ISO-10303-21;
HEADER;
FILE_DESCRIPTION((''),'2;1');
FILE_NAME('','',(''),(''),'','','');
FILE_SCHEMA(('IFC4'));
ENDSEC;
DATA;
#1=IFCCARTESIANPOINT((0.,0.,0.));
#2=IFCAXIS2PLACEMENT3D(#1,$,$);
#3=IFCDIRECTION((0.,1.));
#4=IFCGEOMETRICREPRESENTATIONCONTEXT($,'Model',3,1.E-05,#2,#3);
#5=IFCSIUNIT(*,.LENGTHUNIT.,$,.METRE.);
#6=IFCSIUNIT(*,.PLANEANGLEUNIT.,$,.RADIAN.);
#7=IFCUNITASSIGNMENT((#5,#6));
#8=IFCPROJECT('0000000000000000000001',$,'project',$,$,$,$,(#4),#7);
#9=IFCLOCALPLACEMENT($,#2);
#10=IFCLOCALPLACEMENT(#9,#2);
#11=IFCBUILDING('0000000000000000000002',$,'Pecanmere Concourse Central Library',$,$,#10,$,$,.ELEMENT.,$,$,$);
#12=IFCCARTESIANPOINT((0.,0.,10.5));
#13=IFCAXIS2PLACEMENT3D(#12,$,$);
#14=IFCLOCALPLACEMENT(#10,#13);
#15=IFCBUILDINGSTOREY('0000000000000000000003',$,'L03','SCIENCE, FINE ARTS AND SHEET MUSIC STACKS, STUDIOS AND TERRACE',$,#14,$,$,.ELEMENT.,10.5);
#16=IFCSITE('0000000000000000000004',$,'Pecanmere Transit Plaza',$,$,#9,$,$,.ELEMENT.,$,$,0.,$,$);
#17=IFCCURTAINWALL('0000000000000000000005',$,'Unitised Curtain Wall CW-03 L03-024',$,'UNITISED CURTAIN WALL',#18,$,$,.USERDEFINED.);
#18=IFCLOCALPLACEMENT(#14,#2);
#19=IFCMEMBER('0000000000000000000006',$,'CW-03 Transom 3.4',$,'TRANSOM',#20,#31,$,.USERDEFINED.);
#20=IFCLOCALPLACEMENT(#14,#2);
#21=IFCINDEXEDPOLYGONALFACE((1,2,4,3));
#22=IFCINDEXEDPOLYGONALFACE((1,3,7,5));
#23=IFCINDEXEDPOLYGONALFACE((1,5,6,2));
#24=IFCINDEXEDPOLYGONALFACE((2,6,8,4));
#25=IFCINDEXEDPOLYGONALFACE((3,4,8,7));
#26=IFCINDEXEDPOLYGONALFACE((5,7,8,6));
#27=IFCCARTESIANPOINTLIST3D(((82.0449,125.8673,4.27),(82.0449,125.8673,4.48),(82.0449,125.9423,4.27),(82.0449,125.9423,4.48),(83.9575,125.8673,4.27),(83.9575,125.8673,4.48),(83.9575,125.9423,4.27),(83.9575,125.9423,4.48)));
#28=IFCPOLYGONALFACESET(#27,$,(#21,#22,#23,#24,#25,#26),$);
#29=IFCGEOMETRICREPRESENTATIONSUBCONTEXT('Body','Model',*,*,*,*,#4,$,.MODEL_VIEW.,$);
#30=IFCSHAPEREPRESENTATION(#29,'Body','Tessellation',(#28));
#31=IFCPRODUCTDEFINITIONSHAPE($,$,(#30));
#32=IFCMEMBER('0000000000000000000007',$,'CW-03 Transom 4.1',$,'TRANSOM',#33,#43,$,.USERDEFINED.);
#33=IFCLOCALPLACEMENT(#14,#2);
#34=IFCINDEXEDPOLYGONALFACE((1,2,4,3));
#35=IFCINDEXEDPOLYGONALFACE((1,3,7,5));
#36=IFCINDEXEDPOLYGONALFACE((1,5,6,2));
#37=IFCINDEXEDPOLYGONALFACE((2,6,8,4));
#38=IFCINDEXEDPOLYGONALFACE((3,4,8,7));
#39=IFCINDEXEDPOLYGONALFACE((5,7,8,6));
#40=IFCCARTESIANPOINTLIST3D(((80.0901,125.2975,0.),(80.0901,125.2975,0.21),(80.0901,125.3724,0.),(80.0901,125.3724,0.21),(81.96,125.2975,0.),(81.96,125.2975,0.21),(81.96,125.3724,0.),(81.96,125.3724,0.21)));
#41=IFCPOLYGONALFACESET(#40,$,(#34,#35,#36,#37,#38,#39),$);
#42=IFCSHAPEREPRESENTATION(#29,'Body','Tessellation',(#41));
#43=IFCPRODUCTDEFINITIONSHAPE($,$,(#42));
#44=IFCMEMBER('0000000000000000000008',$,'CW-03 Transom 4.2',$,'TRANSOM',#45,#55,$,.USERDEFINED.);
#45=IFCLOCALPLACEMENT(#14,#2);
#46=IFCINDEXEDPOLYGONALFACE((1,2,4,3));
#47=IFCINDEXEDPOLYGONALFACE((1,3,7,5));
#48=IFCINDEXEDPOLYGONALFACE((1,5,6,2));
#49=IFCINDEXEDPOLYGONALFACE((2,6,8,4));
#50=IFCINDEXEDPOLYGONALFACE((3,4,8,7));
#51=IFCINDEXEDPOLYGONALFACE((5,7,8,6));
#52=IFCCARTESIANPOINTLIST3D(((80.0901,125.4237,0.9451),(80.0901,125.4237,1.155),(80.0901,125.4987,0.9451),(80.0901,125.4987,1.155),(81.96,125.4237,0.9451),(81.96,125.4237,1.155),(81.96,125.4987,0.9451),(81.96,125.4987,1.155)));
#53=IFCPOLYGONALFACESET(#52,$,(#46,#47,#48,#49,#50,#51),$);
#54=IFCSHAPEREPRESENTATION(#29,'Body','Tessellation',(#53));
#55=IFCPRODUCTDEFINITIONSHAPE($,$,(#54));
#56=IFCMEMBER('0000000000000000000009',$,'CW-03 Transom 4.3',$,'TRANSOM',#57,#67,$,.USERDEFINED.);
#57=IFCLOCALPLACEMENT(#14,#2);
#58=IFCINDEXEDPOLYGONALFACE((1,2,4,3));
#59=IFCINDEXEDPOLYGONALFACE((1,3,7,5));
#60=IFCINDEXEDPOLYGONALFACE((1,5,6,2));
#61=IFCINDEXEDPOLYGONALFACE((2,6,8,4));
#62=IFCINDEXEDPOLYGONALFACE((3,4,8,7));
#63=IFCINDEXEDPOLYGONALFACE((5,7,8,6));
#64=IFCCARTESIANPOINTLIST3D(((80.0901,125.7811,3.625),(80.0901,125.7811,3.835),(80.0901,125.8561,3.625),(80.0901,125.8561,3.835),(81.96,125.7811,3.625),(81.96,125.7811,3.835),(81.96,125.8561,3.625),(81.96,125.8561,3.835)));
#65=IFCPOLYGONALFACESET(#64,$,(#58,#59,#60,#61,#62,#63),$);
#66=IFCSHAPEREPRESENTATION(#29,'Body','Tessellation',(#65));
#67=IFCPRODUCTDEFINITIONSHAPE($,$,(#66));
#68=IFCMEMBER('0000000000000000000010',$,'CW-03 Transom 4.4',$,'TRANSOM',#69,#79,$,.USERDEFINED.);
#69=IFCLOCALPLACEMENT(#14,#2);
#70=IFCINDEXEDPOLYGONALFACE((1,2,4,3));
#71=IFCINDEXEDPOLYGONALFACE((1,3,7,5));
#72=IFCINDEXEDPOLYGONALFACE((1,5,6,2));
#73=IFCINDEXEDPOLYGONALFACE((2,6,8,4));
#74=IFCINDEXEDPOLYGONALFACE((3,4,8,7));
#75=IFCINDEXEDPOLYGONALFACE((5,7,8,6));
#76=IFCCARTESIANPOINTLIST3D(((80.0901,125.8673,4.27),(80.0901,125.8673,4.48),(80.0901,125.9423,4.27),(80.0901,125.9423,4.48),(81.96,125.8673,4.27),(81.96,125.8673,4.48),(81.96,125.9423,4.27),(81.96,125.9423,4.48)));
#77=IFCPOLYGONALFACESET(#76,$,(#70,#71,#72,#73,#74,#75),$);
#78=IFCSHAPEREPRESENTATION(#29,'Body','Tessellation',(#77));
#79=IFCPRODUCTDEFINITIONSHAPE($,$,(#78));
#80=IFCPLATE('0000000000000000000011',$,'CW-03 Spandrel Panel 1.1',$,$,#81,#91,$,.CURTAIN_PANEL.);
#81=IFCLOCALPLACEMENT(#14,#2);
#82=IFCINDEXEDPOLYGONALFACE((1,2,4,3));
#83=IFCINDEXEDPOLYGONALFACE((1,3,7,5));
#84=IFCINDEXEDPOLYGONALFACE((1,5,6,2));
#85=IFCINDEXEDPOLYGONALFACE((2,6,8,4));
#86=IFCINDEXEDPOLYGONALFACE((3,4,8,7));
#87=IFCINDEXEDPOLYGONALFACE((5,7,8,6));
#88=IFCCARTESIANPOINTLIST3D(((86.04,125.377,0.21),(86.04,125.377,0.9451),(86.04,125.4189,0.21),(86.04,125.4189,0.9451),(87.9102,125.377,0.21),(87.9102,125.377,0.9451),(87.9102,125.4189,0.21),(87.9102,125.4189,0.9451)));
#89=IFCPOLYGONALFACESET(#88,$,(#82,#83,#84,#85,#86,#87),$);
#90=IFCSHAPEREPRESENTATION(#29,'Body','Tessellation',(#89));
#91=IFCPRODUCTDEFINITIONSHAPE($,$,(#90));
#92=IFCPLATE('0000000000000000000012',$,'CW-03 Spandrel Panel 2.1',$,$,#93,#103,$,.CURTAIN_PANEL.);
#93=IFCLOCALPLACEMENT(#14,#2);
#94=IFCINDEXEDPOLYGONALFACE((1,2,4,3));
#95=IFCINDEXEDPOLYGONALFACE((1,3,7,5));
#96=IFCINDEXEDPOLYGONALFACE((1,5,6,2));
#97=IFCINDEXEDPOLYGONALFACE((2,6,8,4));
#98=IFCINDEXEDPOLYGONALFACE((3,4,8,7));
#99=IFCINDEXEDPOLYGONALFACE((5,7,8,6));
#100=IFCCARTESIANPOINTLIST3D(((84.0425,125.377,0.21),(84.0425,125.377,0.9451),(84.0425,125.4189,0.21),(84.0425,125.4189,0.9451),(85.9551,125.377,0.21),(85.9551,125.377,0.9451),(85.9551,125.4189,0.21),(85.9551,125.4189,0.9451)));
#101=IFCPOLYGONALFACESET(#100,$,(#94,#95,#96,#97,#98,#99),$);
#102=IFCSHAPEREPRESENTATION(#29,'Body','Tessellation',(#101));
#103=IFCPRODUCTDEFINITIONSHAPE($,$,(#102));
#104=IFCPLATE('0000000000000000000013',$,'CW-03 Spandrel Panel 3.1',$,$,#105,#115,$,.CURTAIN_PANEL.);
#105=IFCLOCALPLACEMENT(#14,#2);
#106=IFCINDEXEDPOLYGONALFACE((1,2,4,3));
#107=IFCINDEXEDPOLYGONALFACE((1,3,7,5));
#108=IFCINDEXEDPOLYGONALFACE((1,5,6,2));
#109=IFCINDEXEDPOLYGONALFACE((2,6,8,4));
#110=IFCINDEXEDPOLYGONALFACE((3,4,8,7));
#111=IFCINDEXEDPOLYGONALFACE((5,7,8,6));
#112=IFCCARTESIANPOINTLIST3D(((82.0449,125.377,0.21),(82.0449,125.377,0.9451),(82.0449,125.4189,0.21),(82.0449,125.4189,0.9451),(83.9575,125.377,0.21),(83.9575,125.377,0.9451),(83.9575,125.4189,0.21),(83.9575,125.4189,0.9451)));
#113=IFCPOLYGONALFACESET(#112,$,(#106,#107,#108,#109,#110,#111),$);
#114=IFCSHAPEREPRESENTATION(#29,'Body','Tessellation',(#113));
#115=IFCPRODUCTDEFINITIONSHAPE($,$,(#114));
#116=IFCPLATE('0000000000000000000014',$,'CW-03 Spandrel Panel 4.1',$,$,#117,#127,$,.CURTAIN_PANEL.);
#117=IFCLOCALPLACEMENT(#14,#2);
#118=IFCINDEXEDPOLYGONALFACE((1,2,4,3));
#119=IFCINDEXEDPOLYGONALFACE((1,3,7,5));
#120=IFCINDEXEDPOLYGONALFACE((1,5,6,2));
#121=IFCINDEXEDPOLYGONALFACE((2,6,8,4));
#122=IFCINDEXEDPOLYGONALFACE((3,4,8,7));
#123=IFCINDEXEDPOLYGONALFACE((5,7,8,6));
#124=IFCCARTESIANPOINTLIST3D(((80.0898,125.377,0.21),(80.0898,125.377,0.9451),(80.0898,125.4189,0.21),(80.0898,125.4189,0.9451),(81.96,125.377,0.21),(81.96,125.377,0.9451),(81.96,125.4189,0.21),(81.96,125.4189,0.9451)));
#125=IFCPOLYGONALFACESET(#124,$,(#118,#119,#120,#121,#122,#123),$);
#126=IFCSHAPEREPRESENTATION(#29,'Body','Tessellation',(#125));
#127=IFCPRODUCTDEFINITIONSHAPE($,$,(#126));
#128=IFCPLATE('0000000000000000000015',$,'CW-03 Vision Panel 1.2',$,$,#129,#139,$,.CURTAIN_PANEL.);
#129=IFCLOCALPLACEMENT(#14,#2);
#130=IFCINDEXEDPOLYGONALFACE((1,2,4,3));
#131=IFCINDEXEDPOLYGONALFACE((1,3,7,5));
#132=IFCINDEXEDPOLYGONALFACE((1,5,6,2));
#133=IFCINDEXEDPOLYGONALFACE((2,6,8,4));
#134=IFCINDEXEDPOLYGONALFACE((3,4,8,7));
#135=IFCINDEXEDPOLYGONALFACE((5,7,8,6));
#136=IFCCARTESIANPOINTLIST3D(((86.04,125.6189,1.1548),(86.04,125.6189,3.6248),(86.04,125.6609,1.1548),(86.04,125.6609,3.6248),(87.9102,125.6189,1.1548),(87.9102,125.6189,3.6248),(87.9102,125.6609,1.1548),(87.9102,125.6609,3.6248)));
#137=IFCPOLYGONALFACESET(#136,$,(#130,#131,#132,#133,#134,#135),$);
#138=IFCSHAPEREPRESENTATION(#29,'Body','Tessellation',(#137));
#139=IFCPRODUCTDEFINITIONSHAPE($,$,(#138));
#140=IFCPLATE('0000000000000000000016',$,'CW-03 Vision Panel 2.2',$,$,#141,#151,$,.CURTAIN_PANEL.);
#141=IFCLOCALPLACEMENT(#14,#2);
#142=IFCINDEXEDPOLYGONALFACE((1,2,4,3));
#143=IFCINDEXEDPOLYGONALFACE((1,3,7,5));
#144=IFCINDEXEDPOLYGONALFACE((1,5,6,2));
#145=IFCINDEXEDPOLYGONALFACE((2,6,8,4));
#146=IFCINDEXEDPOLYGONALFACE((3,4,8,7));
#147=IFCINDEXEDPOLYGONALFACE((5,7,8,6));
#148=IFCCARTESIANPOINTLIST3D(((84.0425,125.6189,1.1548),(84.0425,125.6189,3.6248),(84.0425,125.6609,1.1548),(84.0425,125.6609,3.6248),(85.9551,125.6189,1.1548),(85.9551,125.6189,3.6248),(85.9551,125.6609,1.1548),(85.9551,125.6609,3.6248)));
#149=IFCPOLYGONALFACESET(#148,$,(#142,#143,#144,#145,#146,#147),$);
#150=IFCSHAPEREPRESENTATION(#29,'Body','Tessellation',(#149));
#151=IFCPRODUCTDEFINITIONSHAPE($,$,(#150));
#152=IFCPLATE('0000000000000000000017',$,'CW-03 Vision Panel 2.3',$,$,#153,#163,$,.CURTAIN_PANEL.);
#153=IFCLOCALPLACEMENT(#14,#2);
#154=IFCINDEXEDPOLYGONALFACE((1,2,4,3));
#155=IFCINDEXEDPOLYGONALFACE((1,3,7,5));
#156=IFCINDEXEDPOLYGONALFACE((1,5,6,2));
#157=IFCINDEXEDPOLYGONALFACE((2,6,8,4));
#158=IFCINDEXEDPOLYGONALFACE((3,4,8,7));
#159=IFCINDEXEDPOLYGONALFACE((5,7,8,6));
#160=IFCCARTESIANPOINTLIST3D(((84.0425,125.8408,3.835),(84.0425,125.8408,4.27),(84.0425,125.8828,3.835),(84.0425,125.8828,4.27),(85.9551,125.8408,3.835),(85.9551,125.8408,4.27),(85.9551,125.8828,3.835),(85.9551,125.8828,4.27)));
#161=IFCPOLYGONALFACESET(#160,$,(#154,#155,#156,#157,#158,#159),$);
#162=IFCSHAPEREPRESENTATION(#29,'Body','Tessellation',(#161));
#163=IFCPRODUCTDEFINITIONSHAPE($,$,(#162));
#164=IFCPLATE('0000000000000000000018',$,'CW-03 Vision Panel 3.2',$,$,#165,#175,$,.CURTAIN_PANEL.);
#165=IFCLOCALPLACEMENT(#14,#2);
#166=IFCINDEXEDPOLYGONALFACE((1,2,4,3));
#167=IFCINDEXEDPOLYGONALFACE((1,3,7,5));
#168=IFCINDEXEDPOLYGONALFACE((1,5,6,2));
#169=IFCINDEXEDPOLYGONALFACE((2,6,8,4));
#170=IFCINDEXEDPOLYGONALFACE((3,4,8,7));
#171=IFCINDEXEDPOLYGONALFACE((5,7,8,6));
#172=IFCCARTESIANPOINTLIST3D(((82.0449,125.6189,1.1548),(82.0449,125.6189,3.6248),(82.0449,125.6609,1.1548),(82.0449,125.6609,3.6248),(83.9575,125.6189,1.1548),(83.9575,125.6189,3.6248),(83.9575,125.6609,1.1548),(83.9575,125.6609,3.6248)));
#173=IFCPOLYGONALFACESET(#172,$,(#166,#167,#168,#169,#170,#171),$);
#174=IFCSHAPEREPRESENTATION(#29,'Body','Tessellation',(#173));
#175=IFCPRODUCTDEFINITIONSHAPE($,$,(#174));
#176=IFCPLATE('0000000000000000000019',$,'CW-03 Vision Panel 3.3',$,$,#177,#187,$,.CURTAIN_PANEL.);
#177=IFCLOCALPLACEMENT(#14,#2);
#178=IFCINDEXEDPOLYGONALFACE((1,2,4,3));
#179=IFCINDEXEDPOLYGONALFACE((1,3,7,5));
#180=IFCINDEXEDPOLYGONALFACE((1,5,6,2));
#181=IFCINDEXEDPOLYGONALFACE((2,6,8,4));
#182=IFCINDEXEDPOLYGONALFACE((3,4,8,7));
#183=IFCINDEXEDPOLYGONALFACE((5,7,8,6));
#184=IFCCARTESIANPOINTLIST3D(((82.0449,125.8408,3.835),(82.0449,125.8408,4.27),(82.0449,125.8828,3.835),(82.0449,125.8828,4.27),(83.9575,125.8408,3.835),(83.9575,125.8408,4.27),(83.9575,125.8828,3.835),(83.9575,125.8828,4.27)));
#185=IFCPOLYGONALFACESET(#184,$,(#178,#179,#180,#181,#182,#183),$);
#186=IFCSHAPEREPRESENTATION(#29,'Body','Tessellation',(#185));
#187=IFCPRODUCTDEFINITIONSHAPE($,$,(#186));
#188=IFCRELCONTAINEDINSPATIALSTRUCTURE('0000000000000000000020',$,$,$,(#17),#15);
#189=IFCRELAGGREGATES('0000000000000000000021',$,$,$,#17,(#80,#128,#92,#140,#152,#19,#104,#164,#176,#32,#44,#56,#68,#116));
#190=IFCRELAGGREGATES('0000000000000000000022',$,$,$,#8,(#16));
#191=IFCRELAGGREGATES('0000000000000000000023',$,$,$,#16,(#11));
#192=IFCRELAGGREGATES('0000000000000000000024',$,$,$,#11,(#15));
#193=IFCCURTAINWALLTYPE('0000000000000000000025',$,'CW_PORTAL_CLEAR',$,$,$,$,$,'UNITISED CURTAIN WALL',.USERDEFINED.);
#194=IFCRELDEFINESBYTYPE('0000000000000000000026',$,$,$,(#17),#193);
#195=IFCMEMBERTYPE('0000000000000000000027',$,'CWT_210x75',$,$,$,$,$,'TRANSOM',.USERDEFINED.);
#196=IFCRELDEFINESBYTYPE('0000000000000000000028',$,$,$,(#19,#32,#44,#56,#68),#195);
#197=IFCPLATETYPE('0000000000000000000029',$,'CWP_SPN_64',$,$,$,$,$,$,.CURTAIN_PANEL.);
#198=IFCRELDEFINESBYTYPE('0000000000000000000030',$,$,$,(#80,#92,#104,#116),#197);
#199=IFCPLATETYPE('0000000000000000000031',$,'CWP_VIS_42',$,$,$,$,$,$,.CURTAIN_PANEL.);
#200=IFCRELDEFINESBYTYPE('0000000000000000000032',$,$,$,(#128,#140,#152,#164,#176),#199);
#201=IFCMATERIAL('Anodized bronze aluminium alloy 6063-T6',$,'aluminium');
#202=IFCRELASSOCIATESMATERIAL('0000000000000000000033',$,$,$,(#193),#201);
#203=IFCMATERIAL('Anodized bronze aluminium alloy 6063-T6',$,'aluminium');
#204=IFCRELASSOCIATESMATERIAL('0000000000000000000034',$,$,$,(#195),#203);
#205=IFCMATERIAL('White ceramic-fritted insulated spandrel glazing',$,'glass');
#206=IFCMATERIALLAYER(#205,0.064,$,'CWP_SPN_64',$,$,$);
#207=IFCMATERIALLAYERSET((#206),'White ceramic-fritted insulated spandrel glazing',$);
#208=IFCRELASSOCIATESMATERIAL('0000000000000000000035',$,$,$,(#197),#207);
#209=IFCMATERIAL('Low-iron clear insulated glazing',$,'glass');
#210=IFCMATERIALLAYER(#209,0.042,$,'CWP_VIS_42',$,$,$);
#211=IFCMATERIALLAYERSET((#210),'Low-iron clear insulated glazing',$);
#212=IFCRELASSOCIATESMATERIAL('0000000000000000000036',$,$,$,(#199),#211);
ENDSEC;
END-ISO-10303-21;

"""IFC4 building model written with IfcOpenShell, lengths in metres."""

from ifc_helpers import new_model, si_unit, direction, frame, origin, origin_2d, place, context, subcontext, project, spatial, rectangle, extrude, material, layer, layer_set, material_profile, profile_set, type_object, element, aggregate, save


model = new_model("IFC4")

# Units and contexts
model_context = context("Model", 3, precision=1e-05, world=origin(), true_north=direction((0.0, 1.0)))
body_context = subcontext(model_context, "Body", "Model", "MODEL_VIEW")
ifc_project = project(units=[si_unit("LENGTHUNIT", "METRE"), si_unit("PLANEANGLEUNIT", "RADIAN")], contexts=[model_context])

# Site, building, storey
site_placement = place(None, origin())
site = spatial("IfcSite", under=ifc_project, at=site_placement, Name="Pecanmere Transit Plaza", CompositionType="ELEMENT", RefElevation=0.0)
building_placement = place(site_placement, origin())
building = spatial("IfcBuilding", under=site, at=building_placement, Name="Pecanmere Concourse Central Library", CompositionType="ELEMENT")
storey_placement = place(building_placement, frame((0.0, 0.0, 10.5)))
storey = spatial("IfcBuildingStorey", under=building, at=storey_placement, Name="L03", Description="SCIENCE, FINE ARTS AND SHEET MUSIC STACKS, STUDIOS AND TERRACE", CompositionType="ELEMENT", Elevation=10.5)

# Curtain wall
ifc_material_1 = material(Name="Anodized bronze aluminium alloy 6063-T6", Category="aluminium")
curtain_wall_type_1 = type_object("IfcCurtainWallType", Name="CW_PORTAL_CLEAR", ElementType="UNITISED CURTAIN WALL", PredefinedType="USERDEFINED", material=ifc_material_1)
curtain_wall_1_placement = place(storey_placement, origin())
curtain_wall_1 = element("IfcCurtainWall", 1, at=curtain_wall_1_placement, inside=storey, type_object=curtain_wall_type_1, Name="Unitised Curtain Wall CW-03 L03-024", ObjectType="UNITISED CURTAIN WALL", PredefinedType="USERDEFINED")

# Members
ifc_material_2 = material(Name="Anodized bronze aluminium alloy 6063-T6", Category="aluminium")
ifc_material_profile_1 = material_profile(ifc_material_2, rectangle(XDim=0.075, YDim=0.21, at=origin_2d()), Name="AL 75x210")
ifc_profile_set_1 = profile_set([ifc_material_profile_1], Name="Anodized bronze aluminium alloy 6063-T6")
member_type_1 = type_object("IfcMemberType", Name="CWT_210x75", ElementType="TRANSOM", PredefinedType="USERDEFINED", material=ifc_profile_set_1)
member_1_placement = place(storey_placement, frame((83.9575, 125.9048, 4.375), z_axis=(-1.0, 0.0, 0.0), x_axis=(0.0, -1.0, 0.0)))
member_1 = element("IfcMember", 2, at=member_1_placement, type_object=member_type_1, Name="CW-03 Transom 3.4", ObjectType="TRANSOM", PredefinedType="USERDEFINED", context=body_context, shape_type="SweptSolid", body=[
    extrude(rectangle(XDim=0.075, YDim=0.21, at=origin_2d()), origin(), (0.0, 0.0, 1.0), 1.9126),
])
member_2_placement = place(storey_placement, frame((81.96, 125.335, 0.105), z_axis=(-1.0, 0.0, 0.0), x_axis=(0.0, -1.0, 0.0)))
member_2 = element("IfcMember", 3, at=member_2_placement, type_object=member_type_1, Name="CW-03 Transom 4.1", ObjectType="TRANSOM", PredefinedType="USERDEFINED", context=body_context, shape_type="SweptSolid", body=[
    extrude(rectangle(XDim=0.075, YDim=0.21, at=origin_2d()), origin(), (0.0, 0.0, 1.0), 1.8699),
])
member_3_placement = place(storey_placement, frame((81.96, 125.4612, 1.05), z_axis=(-1.0, 0.0, 0.0), x_axis=(0.0, -1.0, 0.0)))
member_3 = element("IfcMember", 4, at=member_3_placement, type_object=member_type_1, Name="CW-03 Transom 4.2", ObjectType="TRANSOM", PredefinedType="USERDEFINED", context=body_context, shape_type="SweptSolid", body=[
    extrude(rectangle(XDim=0.075, YDim=0.21, at=origin_2d()), origin(), (0.0, 0.0, 1.0), 1.8699),
])
member_4_placement = place(storey_placement, frame((81.96, 125.8186, 3.73), z_axis=(-1.0, 0.0, 0.0), x_axis=(0.0, -1.0, 0.0)))
member_4 = element("IfcMember", 5, at=member_4_placement, type_object=member_type_1, Name="CW-03 Transom 4.3", ObjectType="TRANSOM", PredefinedType="USERDEFINED", context=body_context, shape_type="SweptSolid", body=[
    extrude(rectangle(XDim=0.075, YDim=0.21, at=origin_2d()), origin(), (0.0, 0.0, 1.0), 1.8699),
])
member_5_placement = place(storey_placement, frame((81.96, 125.9048, 4.375), z_axis=(-1.0, 0.0, 0.0), x_axis=(0.0, -1.0, 0.0)))
member_5 = element("IfcMember", 6, at=member_5_placement, type_object=member_type_1, Name="CW-03 Transom 4.4", ObjectType="TRANSOM", PredefinedType="USERDEFINED", context=body_context, shape_type="SweptSolid", body=[
    extrude(rectangle(XDim=0.075, YDim=0.21, at=origin_2d()), origin(), (0.0, 0.0, 1.0), 1.8699),
])

# Plates
ifc_material_3 = material(Name="White ceramic-fritted insulated spandrel glazing", Category="glass")
ifc_layer_1 = layer(ifc_material_3, 0.064, Name="CWP_SPN_64")
ifc_layer_set_1 = layer_set([ifc_layer_1], Name="White ceramic-fritted insulated spandrel glazing")
plate_type_1 = type_object("IfcPlateType", Name="CWP_SPN_64", PredefinedType="CURTAIN_PANEL", material=ifc_layer_set_1)
plate_1_placement = place(storey_placement, frame((86.9751, 125.3979, 0.21), z_axis=(0.0, 0.0, 1.0), x_axis=(-1.0, 0.0, 0.0)))
plate_1 = element("IfcPlate", 7, at=plate_1_placement, type_object=plate_type_1, Name="CW-03 Spandrel Panel 1.1", PredefinedType="CURTAIN_PANEL", context=body_context, shape_type="SweptSolid", body=[
    extrude(rectangle(XDim=1.8701, YDim=0.042, at=origin_2d()), origin(), (0.0, 0.0, 1.0), 0.7351),
])
plate_2_placement = place(storey_placement, frame((84.9988, 125.3979, 0.21), z_axis=(0.0, 0.0, 1.0), x_axis=(-1.0, 0.0, 0.0)))
plate_2 = element("IfcPlate", 8, at=plate_2_placement, type_object=plate_type_1, Name="CW-03 Spandrel Panel 2.1", PredefinedType="CURTAIN_PANEL", context=body_context, shape_type="SweptSolid", body=[
    extrude(rectangle(XDim=1.9126, YDim=0.042, at=origin_2d()), origin(), (0.0, 0.0, 1.0), 0.7351),
])
plate_3_placement = place(storey_placement, frame((83.0012, 125.3979, 0.21), z_axis=(0.0, 0.0, 1.0), x_axis=(-1.0, 0.0, 0.0)))
plate_3 = element("IfcPlate", 9, at=plate_3_placement, type_object=plate_type_1, Name="CW-03 Spandrel Panel 3.1", PredefinedType="CURTAIN_PANEL", context=body_context, shape_type="SweptSolid", body=[
    extrude(rectangle(XDim=1.9126, YDim=0.042, at=origin_2d()), origin(), (0.0, 0.0, 1.0), 0.7351),
])
plate_4_placement = place(storey_placement, frame((81.0249, 125.3979, 0.21), z_axis=(0.0, 0.0, 1.0), x_axis=(-1.0, 0.0, 0.0)))
plate_4 = element("IfcPlate", 10, at=plate_4_placement, type_object=plate_type_1, Name="CW-03 Spandrel Panel 4.1", PredefinedType="CURTAIN_PANEL", context=body_context, shape_type="SweptSolid", body=[
    extrude(rectangle(XDim=1.8701, YDim=0.042, at=origin_2d()), origin(), (0.0, 0.0, 1.0), 0.7351),
])
ifc_material_4 = material(Name="Low-iron clear insulated glazing", Category="glass")
ifc_layer_2 = layer(ifc_material_4, 0.042, Name="CWP_VIS_42")
ifc_layer_set_2 = layer_set([ifc_layer_2], Name="Low-iron clear insulated glazing")
plate_type_2 = type_object("IfcPlateType", Name="CWP_VIS_42", PredefinedType="CURTAIN_PANEL", material=ifc_layer_set_2)
plate_5_placement = place(storey_placement, frame((86.9751, 125.6399, 1.1548), z_axis=(0.0, 0.0, 1.0), x_axis=(-1.0, 0.0, 0.0)))
plate_5 = element("IfcPlate", 11, at=plate_5_placement, type_object=plate_type_2, Name="CW-03 Vision Panel 1.2", PredefinedType="CURTAIN_PANEL", context=body_context, shape_type="SweptSolid", body=[
    extrude(rectangle(XDim=1.8701, YDim=0.042, at=origin_2d()), origin(), (0.0, 0.0, 1.0), 2.47),
])
plate_6_placement = place(storey_placement, frame((84.9988, 125.6399, 1.1548), z_axis=(0.0, 0.0, 1.0), x_axis=(-1.0, 0.0, 0.0)))
plate_6 = element("IfcPlate", 12, at=plate_6_placement, type_object=plate_type_2, Name="CW-03 Vision Panel 2.2", PredefinedType="CURTAIN_PANEL", context=body_context, shape_type="SweptSolid", body=[
    extrude(rectangle(XDim=1.9126, YDim=0.042, at=origin_2d()), origin(), (0.0, 0.0, 1.0), 2.47),
])
plate_7_placement = place(storey_placement, frame((84.9988, 125.8618, 3.835), z_axis=(0.0, 0.0, 1.0), x_axis=(-1.0, 0.0, 0.0)))
plate_7 = element("IfcPlate", 13, at=plate_7_placement, type_object=plate_type_2, Name="CW-03 Vision Panel 2.3", PredefinedType="CURTAIN_PANEL", context=body_context, shape_type="SweptSolid", body=[
    extrude(rectangle(XDim=1.9126, YDim=0.042, at=origin_2d()), origin(), (0.0, 0.0, 1.0), 0.4351),
])
plate_8_placement = place(storey_placement, frame((83.0012, 125.6399, 1.1548), z_axis=(0.0, 0.0, 1.0), x_axis=(-1.0, 0.0, 0.0)))
plate_8 = element("IfcPlate", 14, at=plate_8_placement, type_object=plate_type_2, Name="CW-03 Vision Panel 3.2", PredefinedType="CURTAIN_PANEL", context=body_context, shape_type="SweptSolid", body=[
    extrude(rectangle(XDim=1.9126, YDim=0.042, at=origin_2d()), origin(), (0.0, 0.0, 1.0), 2.47),
])
plate_9_placement = place(storey_placement, frame((83.0012, 125.8618, 3.835), z_axis=(0.0, 0.0, 1.0), x_axis=(-1.0, 0.0, 0.0)))
plate_9 = element("IfcPlate", 15, at=plate_9_placement, type_object=plate_type_2, Name="CW-03 Vision Panel 3.3", PredefinedType="CURTAIN_PANEL", context=body_context, shape_type="SweptSolid", body=[
    extrude(rectangle(XDim=1.9126, YDim=0.042, at=origin_2d()), origin(), (0.0, 0.0, 1.0), 0.4351),
])
aggregate(curtain_wall_1, [plate_1, plate_5, plate_2, plate_6, plate_7, member_1, plate_3, plate_8, plate_9, member_2, member_3, member_4, member_5, plate_4])

save(model, "model.ifc")
